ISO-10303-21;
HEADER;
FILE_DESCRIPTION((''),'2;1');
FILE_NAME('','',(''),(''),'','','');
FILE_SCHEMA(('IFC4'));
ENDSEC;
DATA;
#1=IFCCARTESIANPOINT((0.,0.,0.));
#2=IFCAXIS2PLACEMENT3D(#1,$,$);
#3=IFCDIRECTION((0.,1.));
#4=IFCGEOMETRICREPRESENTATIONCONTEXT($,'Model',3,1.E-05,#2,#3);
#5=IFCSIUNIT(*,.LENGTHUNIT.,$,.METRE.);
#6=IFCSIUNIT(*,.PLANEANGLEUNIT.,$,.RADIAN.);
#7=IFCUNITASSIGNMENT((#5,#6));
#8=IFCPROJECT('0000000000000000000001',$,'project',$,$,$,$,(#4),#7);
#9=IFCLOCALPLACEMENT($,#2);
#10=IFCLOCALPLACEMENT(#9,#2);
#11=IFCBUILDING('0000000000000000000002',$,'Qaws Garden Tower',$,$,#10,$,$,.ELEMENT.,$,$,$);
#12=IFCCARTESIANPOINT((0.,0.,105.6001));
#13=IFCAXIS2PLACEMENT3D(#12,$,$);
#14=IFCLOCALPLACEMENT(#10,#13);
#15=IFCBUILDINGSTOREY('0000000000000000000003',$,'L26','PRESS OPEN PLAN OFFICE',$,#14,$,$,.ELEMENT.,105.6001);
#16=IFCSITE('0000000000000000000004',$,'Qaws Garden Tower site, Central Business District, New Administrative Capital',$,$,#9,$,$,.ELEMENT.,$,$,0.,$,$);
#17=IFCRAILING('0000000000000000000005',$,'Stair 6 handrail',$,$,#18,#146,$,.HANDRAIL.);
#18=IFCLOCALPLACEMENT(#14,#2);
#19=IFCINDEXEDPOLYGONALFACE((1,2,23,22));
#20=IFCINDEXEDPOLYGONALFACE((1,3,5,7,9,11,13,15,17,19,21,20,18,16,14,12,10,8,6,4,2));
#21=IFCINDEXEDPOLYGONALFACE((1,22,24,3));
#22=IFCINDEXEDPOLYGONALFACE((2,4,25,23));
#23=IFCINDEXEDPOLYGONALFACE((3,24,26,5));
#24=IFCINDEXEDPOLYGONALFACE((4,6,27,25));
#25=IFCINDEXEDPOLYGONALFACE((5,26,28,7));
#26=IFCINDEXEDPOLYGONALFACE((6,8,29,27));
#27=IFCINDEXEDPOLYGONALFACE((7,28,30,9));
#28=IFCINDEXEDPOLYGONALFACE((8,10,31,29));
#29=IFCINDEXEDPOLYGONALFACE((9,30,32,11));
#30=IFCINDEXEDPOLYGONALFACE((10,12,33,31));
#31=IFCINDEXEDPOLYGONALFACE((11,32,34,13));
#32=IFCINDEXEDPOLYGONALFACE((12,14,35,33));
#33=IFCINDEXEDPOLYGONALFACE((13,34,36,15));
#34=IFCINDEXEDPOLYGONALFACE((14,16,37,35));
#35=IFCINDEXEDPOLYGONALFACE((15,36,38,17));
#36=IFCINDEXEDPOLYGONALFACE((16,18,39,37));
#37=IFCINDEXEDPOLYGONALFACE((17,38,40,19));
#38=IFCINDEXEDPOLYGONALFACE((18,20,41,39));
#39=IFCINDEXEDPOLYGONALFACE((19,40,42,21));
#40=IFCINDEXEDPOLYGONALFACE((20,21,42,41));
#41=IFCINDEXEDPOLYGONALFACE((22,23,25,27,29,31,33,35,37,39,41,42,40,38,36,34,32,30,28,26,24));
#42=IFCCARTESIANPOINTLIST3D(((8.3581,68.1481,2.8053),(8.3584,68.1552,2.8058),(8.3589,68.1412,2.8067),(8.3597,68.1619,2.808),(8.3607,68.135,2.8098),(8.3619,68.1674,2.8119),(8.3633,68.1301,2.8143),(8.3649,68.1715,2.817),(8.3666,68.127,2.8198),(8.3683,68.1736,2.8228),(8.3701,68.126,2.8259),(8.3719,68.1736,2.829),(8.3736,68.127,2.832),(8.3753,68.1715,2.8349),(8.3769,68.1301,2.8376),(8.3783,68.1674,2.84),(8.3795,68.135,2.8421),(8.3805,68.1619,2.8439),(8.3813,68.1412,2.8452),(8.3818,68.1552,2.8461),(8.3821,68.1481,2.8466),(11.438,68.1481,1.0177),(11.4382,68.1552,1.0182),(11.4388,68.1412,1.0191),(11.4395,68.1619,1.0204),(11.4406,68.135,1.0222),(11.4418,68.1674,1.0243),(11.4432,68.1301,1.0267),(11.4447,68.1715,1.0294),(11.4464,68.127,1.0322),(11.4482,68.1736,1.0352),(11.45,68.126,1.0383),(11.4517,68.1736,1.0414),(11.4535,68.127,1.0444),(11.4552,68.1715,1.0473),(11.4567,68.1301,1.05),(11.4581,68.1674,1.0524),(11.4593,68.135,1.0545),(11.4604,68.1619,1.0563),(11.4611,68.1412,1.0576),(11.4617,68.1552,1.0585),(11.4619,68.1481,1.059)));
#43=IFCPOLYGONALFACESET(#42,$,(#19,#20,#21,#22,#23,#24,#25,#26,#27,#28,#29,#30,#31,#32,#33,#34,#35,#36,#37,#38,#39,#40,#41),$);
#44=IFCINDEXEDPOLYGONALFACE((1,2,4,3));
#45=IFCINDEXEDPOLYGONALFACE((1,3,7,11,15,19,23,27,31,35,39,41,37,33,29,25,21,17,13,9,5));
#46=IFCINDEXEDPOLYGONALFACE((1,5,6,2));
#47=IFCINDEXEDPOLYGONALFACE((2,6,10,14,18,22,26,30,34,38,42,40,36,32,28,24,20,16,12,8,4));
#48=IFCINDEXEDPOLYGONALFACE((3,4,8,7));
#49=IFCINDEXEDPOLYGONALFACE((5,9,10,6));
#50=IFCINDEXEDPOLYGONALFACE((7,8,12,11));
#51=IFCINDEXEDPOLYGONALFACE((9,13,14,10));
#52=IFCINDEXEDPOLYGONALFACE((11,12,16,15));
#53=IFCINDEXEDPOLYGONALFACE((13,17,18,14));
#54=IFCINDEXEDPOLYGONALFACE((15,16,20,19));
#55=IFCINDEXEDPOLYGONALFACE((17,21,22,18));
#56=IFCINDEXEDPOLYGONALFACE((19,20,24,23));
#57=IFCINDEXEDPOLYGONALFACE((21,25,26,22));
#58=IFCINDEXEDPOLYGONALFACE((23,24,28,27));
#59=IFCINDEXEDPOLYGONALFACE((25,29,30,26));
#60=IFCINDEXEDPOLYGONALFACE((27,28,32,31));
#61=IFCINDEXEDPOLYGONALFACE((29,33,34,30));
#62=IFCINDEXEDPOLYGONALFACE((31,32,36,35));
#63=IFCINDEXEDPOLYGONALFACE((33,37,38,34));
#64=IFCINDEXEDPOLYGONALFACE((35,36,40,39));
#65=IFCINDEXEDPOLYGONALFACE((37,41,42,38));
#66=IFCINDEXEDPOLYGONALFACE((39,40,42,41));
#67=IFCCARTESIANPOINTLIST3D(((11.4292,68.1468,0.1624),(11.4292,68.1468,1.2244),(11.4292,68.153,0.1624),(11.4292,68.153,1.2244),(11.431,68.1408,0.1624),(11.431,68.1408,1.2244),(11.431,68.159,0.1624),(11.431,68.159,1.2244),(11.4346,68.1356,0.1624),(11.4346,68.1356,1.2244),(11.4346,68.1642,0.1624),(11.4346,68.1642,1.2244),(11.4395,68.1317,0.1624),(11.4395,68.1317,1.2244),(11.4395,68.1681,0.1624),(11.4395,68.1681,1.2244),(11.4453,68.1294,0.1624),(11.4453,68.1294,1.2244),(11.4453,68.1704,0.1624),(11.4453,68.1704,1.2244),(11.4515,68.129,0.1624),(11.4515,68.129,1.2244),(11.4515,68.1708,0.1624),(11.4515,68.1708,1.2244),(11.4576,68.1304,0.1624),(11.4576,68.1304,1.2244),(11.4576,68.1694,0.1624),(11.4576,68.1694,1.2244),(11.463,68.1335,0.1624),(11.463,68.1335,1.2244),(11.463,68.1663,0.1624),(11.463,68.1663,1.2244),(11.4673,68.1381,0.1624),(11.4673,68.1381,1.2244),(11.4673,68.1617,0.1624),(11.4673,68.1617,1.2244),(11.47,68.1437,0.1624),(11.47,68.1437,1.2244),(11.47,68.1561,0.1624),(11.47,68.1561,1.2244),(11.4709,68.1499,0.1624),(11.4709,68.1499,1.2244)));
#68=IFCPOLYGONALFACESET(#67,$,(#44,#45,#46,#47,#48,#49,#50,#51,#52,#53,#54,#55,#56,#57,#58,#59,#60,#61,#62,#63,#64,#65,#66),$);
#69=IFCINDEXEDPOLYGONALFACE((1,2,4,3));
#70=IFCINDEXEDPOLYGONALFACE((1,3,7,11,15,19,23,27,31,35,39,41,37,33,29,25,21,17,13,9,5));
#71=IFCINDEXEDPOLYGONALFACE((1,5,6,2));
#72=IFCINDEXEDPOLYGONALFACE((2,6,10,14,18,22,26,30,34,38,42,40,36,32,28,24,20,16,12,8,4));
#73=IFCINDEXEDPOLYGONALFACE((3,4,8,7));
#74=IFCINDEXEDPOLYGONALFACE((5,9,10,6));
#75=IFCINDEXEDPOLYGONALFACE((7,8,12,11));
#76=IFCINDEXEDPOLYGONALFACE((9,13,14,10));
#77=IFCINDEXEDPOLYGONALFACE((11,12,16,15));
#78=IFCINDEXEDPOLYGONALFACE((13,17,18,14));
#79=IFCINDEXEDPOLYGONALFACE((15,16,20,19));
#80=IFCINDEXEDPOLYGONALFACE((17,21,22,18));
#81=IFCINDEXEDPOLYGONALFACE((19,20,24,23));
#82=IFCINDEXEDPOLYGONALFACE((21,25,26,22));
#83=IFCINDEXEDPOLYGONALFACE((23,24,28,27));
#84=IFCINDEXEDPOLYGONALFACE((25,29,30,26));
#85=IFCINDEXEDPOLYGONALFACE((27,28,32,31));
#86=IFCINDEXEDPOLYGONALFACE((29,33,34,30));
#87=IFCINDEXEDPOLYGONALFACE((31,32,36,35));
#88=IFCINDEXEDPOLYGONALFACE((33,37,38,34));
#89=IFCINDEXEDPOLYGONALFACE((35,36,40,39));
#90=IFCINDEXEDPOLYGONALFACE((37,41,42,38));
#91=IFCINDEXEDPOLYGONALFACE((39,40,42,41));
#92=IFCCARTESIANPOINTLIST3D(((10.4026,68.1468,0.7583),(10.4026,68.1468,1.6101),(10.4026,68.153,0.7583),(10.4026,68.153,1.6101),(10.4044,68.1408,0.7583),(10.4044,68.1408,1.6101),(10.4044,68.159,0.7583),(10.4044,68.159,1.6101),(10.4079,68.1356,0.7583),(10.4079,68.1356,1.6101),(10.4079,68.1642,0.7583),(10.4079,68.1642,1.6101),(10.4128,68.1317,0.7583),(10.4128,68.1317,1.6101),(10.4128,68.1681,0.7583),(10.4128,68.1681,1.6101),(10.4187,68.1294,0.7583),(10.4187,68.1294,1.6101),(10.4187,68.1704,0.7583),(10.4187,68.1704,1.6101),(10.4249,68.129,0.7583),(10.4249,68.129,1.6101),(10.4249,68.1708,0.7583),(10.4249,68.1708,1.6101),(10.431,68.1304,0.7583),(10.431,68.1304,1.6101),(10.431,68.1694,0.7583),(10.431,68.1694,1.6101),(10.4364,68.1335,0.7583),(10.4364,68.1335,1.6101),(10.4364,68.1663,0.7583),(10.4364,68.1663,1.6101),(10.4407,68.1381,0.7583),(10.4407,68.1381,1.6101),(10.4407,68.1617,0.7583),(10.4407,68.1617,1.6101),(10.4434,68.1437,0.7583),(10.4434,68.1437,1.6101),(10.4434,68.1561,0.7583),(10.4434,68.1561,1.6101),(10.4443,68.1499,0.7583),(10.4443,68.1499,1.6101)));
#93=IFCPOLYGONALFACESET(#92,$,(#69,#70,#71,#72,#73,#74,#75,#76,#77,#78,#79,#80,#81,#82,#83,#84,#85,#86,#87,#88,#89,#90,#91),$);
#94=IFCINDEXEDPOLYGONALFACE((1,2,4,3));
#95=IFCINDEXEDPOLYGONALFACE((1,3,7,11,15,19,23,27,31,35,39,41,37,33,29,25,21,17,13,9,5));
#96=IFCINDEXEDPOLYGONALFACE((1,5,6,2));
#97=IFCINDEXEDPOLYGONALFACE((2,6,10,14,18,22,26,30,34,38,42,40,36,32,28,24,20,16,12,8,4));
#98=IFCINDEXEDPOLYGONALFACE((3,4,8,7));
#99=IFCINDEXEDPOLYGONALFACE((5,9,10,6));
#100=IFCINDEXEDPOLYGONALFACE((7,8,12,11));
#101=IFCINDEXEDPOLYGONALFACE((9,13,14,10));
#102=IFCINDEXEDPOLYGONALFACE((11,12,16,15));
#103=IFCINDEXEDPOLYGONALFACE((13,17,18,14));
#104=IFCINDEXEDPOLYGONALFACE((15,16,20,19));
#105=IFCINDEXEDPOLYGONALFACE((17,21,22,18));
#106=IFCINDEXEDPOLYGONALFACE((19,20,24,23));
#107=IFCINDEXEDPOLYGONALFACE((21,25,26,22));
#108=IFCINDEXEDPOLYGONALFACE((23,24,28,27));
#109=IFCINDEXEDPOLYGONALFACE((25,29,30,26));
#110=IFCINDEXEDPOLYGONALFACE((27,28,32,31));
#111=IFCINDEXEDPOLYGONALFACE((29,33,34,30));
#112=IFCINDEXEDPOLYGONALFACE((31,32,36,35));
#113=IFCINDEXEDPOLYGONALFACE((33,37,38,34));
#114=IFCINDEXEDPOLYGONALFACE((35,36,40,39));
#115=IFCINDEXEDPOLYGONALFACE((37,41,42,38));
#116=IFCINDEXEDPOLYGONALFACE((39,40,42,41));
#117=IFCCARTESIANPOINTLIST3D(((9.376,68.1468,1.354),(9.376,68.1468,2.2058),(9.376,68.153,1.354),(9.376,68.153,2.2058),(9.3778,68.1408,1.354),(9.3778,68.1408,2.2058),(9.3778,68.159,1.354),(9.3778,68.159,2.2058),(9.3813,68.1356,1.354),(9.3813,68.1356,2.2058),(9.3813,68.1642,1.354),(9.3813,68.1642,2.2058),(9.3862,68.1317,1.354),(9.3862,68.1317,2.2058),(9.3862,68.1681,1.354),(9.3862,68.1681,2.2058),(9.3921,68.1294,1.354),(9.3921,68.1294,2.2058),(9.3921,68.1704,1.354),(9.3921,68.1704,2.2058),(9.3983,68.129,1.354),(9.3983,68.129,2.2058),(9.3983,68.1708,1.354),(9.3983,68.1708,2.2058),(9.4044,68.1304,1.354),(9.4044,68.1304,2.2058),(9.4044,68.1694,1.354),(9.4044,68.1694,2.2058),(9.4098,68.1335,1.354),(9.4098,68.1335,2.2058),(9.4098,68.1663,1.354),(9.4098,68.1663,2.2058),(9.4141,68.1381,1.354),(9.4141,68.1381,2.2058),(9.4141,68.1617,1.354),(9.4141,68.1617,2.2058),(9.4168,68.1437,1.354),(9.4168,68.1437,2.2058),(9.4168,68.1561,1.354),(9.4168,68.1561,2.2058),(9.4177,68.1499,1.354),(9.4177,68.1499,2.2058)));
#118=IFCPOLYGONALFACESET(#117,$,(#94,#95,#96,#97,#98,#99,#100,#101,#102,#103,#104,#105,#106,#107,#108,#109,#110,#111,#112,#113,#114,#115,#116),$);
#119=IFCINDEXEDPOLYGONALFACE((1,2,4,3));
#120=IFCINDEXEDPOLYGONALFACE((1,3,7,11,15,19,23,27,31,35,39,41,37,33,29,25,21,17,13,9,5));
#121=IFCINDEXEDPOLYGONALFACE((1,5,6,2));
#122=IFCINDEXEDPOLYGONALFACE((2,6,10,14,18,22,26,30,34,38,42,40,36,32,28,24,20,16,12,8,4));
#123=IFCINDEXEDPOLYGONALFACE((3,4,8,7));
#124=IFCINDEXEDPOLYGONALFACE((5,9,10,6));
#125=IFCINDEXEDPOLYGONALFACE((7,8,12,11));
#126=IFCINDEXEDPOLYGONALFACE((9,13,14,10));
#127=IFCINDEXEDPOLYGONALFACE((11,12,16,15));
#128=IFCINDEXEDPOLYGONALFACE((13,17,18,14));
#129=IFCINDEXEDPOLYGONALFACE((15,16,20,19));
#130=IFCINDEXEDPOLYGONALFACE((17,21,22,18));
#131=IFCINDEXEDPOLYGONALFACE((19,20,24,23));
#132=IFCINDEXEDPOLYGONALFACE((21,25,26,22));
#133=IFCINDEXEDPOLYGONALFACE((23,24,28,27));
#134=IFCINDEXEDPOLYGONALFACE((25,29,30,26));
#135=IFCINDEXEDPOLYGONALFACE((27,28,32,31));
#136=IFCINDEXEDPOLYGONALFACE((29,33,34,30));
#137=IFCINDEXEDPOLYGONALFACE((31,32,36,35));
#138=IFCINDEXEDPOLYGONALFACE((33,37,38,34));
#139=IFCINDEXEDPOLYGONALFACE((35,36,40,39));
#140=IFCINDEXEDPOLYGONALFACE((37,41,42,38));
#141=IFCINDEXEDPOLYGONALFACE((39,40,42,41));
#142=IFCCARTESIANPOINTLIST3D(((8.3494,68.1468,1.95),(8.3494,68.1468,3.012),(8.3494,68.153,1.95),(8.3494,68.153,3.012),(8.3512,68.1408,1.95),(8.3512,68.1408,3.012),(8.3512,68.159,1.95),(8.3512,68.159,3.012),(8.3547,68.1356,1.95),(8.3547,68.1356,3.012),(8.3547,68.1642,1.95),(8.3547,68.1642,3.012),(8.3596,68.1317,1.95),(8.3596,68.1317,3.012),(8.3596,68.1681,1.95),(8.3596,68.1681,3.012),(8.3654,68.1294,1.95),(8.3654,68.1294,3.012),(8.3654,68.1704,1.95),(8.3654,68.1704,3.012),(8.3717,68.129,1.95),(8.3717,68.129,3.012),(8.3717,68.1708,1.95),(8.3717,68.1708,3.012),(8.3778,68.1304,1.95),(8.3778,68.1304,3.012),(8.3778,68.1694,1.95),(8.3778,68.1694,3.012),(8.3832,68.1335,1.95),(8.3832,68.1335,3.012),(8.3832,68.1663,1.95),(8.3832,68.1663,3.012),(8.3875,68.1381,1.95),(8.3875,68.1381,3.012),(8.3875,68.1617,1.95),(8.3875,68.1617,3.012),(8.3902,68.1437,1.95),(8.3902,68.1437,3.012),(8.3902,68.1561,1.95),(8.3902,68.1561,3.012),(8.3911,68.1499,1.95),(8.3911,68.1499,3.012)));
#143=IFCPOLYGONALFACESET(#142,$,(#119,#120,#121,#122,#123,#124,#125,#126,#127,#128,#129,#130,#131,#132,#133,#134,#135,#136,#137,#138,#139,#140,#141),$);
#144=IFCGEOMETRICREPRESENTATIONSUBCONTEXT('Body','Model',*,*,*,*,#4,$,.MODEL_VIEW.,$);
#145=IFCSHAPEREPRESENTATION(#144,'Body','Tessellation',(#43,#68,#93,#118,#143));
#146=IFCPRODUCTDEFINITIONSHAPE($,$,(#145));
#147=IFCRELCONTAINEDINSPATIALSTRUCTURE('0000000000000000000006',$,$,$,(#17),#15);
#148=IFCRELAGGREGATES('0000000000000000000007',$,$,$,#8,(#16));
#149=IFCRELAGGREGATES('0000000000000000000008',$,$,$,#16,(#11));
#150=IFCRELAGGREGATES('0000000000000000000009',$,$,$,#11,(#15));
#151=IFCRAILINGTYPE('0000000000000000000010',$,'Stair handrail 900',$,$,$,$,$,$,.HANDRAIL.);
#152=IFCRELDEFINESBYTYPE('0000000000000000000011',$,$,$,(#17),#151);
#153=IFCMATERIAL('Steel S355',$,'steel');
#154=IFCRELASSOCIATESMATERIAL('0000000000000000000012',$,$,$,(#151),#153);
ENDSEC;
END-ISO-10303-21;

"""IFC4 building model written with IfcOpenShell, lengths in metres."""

from ifc_helpers import new_model, si_unit, direction, frame, origin, origin_2d, place, context, subcontext, project, spatial, circle, extrude, material, type_object, element, save


model = new_model("IFC4")

# Units and contexts
model_context = context("Model", 3, precision=1e-05, world=origin(), true_north=direction((0.0, 1.0)))
body_context = subcontext(model_context, "Body", "Model", "MODEL_VIEW")
ifc_project = project(units=[si_unit("LENGTHUNIT", "METRE"), si_unit("PLANEANGLEUNIT", "RADIAN")], contexts=[model_context])

# Site, building, storey
site_placement = place(None, origin())
site = spatial("IfcSite", under=ifc_project, at=site_placement, Name="Qaws Garden Tower site, Central Business District, New Administrative Capital", CompositionType="ELEMENT", RefElevation=0.0)
building_placement = place(site_placement, origin())
building = spatial("IfcBuilding", under=site, at=building_placement, Name="Qaws Garden Tower", CompositionType="ELEMENT")
storey_placement = place(building_placement, frame((0.0, 0.0, 105.6001)))
storey = spatial("IfcBuildingStorey", under=building, at=storey_placement, Name="L26", Description="PRESS OPEN PLAN OFFICE", CompositionType="ELEMENT", Elevation=105.6001)

# Railing
ifc_material_1 = material(Name="Steel S355", Category="steel")
railing_type = type_object("IfcRailingType", Name="Stair handrail 900", PredefinedType="HANDRAIL", material=ifc_material_1)
railing_1_placement = place(storey_placement, frame((11.45, 68.1499, 0.1624)))
element("IfcRailing", 1, at=railing_1_placement, inside=storey, type_object=railing_type, Name="Stair 6 handrail", PredefinedType="HANDRAIL", context=body_context, shape_type="SweptSolid", body=[
    extrude(circle(Radius=0.0239, at=origin_2d()), frame((0.0, 0.0, 0.876), z_axis=(-0.864873, 0.0, 0.50199), x_axis=(0.0, -1.0, 0.0)), (0.0, 0.0, 1.0), 3.561),
    extrude(circle(Radius=0.021, at=origin_2d()), origin(), (0.0, 0.0, 1.0), 1.062),
    extrude(circle(Radius=0.021, at=origin_2d()), frame((-1.0266, 0.0, 0.5959)), (0.0, 0.0, 1.0), 0.8518),
    extrude(circle(Radius=0.021, at=origin_2d()), frame((-2.0532, 0.0, 1.1917)), (0.0, 0.0, 1.0), 0.8518),
    extrude(circle(Radius=0.021, at=origin_2d()), frame((-3.0798, 0.0, 1.7876)), (0.0, 0.0, 1.0), 1.062),
])

save(model, "model.ifc")
